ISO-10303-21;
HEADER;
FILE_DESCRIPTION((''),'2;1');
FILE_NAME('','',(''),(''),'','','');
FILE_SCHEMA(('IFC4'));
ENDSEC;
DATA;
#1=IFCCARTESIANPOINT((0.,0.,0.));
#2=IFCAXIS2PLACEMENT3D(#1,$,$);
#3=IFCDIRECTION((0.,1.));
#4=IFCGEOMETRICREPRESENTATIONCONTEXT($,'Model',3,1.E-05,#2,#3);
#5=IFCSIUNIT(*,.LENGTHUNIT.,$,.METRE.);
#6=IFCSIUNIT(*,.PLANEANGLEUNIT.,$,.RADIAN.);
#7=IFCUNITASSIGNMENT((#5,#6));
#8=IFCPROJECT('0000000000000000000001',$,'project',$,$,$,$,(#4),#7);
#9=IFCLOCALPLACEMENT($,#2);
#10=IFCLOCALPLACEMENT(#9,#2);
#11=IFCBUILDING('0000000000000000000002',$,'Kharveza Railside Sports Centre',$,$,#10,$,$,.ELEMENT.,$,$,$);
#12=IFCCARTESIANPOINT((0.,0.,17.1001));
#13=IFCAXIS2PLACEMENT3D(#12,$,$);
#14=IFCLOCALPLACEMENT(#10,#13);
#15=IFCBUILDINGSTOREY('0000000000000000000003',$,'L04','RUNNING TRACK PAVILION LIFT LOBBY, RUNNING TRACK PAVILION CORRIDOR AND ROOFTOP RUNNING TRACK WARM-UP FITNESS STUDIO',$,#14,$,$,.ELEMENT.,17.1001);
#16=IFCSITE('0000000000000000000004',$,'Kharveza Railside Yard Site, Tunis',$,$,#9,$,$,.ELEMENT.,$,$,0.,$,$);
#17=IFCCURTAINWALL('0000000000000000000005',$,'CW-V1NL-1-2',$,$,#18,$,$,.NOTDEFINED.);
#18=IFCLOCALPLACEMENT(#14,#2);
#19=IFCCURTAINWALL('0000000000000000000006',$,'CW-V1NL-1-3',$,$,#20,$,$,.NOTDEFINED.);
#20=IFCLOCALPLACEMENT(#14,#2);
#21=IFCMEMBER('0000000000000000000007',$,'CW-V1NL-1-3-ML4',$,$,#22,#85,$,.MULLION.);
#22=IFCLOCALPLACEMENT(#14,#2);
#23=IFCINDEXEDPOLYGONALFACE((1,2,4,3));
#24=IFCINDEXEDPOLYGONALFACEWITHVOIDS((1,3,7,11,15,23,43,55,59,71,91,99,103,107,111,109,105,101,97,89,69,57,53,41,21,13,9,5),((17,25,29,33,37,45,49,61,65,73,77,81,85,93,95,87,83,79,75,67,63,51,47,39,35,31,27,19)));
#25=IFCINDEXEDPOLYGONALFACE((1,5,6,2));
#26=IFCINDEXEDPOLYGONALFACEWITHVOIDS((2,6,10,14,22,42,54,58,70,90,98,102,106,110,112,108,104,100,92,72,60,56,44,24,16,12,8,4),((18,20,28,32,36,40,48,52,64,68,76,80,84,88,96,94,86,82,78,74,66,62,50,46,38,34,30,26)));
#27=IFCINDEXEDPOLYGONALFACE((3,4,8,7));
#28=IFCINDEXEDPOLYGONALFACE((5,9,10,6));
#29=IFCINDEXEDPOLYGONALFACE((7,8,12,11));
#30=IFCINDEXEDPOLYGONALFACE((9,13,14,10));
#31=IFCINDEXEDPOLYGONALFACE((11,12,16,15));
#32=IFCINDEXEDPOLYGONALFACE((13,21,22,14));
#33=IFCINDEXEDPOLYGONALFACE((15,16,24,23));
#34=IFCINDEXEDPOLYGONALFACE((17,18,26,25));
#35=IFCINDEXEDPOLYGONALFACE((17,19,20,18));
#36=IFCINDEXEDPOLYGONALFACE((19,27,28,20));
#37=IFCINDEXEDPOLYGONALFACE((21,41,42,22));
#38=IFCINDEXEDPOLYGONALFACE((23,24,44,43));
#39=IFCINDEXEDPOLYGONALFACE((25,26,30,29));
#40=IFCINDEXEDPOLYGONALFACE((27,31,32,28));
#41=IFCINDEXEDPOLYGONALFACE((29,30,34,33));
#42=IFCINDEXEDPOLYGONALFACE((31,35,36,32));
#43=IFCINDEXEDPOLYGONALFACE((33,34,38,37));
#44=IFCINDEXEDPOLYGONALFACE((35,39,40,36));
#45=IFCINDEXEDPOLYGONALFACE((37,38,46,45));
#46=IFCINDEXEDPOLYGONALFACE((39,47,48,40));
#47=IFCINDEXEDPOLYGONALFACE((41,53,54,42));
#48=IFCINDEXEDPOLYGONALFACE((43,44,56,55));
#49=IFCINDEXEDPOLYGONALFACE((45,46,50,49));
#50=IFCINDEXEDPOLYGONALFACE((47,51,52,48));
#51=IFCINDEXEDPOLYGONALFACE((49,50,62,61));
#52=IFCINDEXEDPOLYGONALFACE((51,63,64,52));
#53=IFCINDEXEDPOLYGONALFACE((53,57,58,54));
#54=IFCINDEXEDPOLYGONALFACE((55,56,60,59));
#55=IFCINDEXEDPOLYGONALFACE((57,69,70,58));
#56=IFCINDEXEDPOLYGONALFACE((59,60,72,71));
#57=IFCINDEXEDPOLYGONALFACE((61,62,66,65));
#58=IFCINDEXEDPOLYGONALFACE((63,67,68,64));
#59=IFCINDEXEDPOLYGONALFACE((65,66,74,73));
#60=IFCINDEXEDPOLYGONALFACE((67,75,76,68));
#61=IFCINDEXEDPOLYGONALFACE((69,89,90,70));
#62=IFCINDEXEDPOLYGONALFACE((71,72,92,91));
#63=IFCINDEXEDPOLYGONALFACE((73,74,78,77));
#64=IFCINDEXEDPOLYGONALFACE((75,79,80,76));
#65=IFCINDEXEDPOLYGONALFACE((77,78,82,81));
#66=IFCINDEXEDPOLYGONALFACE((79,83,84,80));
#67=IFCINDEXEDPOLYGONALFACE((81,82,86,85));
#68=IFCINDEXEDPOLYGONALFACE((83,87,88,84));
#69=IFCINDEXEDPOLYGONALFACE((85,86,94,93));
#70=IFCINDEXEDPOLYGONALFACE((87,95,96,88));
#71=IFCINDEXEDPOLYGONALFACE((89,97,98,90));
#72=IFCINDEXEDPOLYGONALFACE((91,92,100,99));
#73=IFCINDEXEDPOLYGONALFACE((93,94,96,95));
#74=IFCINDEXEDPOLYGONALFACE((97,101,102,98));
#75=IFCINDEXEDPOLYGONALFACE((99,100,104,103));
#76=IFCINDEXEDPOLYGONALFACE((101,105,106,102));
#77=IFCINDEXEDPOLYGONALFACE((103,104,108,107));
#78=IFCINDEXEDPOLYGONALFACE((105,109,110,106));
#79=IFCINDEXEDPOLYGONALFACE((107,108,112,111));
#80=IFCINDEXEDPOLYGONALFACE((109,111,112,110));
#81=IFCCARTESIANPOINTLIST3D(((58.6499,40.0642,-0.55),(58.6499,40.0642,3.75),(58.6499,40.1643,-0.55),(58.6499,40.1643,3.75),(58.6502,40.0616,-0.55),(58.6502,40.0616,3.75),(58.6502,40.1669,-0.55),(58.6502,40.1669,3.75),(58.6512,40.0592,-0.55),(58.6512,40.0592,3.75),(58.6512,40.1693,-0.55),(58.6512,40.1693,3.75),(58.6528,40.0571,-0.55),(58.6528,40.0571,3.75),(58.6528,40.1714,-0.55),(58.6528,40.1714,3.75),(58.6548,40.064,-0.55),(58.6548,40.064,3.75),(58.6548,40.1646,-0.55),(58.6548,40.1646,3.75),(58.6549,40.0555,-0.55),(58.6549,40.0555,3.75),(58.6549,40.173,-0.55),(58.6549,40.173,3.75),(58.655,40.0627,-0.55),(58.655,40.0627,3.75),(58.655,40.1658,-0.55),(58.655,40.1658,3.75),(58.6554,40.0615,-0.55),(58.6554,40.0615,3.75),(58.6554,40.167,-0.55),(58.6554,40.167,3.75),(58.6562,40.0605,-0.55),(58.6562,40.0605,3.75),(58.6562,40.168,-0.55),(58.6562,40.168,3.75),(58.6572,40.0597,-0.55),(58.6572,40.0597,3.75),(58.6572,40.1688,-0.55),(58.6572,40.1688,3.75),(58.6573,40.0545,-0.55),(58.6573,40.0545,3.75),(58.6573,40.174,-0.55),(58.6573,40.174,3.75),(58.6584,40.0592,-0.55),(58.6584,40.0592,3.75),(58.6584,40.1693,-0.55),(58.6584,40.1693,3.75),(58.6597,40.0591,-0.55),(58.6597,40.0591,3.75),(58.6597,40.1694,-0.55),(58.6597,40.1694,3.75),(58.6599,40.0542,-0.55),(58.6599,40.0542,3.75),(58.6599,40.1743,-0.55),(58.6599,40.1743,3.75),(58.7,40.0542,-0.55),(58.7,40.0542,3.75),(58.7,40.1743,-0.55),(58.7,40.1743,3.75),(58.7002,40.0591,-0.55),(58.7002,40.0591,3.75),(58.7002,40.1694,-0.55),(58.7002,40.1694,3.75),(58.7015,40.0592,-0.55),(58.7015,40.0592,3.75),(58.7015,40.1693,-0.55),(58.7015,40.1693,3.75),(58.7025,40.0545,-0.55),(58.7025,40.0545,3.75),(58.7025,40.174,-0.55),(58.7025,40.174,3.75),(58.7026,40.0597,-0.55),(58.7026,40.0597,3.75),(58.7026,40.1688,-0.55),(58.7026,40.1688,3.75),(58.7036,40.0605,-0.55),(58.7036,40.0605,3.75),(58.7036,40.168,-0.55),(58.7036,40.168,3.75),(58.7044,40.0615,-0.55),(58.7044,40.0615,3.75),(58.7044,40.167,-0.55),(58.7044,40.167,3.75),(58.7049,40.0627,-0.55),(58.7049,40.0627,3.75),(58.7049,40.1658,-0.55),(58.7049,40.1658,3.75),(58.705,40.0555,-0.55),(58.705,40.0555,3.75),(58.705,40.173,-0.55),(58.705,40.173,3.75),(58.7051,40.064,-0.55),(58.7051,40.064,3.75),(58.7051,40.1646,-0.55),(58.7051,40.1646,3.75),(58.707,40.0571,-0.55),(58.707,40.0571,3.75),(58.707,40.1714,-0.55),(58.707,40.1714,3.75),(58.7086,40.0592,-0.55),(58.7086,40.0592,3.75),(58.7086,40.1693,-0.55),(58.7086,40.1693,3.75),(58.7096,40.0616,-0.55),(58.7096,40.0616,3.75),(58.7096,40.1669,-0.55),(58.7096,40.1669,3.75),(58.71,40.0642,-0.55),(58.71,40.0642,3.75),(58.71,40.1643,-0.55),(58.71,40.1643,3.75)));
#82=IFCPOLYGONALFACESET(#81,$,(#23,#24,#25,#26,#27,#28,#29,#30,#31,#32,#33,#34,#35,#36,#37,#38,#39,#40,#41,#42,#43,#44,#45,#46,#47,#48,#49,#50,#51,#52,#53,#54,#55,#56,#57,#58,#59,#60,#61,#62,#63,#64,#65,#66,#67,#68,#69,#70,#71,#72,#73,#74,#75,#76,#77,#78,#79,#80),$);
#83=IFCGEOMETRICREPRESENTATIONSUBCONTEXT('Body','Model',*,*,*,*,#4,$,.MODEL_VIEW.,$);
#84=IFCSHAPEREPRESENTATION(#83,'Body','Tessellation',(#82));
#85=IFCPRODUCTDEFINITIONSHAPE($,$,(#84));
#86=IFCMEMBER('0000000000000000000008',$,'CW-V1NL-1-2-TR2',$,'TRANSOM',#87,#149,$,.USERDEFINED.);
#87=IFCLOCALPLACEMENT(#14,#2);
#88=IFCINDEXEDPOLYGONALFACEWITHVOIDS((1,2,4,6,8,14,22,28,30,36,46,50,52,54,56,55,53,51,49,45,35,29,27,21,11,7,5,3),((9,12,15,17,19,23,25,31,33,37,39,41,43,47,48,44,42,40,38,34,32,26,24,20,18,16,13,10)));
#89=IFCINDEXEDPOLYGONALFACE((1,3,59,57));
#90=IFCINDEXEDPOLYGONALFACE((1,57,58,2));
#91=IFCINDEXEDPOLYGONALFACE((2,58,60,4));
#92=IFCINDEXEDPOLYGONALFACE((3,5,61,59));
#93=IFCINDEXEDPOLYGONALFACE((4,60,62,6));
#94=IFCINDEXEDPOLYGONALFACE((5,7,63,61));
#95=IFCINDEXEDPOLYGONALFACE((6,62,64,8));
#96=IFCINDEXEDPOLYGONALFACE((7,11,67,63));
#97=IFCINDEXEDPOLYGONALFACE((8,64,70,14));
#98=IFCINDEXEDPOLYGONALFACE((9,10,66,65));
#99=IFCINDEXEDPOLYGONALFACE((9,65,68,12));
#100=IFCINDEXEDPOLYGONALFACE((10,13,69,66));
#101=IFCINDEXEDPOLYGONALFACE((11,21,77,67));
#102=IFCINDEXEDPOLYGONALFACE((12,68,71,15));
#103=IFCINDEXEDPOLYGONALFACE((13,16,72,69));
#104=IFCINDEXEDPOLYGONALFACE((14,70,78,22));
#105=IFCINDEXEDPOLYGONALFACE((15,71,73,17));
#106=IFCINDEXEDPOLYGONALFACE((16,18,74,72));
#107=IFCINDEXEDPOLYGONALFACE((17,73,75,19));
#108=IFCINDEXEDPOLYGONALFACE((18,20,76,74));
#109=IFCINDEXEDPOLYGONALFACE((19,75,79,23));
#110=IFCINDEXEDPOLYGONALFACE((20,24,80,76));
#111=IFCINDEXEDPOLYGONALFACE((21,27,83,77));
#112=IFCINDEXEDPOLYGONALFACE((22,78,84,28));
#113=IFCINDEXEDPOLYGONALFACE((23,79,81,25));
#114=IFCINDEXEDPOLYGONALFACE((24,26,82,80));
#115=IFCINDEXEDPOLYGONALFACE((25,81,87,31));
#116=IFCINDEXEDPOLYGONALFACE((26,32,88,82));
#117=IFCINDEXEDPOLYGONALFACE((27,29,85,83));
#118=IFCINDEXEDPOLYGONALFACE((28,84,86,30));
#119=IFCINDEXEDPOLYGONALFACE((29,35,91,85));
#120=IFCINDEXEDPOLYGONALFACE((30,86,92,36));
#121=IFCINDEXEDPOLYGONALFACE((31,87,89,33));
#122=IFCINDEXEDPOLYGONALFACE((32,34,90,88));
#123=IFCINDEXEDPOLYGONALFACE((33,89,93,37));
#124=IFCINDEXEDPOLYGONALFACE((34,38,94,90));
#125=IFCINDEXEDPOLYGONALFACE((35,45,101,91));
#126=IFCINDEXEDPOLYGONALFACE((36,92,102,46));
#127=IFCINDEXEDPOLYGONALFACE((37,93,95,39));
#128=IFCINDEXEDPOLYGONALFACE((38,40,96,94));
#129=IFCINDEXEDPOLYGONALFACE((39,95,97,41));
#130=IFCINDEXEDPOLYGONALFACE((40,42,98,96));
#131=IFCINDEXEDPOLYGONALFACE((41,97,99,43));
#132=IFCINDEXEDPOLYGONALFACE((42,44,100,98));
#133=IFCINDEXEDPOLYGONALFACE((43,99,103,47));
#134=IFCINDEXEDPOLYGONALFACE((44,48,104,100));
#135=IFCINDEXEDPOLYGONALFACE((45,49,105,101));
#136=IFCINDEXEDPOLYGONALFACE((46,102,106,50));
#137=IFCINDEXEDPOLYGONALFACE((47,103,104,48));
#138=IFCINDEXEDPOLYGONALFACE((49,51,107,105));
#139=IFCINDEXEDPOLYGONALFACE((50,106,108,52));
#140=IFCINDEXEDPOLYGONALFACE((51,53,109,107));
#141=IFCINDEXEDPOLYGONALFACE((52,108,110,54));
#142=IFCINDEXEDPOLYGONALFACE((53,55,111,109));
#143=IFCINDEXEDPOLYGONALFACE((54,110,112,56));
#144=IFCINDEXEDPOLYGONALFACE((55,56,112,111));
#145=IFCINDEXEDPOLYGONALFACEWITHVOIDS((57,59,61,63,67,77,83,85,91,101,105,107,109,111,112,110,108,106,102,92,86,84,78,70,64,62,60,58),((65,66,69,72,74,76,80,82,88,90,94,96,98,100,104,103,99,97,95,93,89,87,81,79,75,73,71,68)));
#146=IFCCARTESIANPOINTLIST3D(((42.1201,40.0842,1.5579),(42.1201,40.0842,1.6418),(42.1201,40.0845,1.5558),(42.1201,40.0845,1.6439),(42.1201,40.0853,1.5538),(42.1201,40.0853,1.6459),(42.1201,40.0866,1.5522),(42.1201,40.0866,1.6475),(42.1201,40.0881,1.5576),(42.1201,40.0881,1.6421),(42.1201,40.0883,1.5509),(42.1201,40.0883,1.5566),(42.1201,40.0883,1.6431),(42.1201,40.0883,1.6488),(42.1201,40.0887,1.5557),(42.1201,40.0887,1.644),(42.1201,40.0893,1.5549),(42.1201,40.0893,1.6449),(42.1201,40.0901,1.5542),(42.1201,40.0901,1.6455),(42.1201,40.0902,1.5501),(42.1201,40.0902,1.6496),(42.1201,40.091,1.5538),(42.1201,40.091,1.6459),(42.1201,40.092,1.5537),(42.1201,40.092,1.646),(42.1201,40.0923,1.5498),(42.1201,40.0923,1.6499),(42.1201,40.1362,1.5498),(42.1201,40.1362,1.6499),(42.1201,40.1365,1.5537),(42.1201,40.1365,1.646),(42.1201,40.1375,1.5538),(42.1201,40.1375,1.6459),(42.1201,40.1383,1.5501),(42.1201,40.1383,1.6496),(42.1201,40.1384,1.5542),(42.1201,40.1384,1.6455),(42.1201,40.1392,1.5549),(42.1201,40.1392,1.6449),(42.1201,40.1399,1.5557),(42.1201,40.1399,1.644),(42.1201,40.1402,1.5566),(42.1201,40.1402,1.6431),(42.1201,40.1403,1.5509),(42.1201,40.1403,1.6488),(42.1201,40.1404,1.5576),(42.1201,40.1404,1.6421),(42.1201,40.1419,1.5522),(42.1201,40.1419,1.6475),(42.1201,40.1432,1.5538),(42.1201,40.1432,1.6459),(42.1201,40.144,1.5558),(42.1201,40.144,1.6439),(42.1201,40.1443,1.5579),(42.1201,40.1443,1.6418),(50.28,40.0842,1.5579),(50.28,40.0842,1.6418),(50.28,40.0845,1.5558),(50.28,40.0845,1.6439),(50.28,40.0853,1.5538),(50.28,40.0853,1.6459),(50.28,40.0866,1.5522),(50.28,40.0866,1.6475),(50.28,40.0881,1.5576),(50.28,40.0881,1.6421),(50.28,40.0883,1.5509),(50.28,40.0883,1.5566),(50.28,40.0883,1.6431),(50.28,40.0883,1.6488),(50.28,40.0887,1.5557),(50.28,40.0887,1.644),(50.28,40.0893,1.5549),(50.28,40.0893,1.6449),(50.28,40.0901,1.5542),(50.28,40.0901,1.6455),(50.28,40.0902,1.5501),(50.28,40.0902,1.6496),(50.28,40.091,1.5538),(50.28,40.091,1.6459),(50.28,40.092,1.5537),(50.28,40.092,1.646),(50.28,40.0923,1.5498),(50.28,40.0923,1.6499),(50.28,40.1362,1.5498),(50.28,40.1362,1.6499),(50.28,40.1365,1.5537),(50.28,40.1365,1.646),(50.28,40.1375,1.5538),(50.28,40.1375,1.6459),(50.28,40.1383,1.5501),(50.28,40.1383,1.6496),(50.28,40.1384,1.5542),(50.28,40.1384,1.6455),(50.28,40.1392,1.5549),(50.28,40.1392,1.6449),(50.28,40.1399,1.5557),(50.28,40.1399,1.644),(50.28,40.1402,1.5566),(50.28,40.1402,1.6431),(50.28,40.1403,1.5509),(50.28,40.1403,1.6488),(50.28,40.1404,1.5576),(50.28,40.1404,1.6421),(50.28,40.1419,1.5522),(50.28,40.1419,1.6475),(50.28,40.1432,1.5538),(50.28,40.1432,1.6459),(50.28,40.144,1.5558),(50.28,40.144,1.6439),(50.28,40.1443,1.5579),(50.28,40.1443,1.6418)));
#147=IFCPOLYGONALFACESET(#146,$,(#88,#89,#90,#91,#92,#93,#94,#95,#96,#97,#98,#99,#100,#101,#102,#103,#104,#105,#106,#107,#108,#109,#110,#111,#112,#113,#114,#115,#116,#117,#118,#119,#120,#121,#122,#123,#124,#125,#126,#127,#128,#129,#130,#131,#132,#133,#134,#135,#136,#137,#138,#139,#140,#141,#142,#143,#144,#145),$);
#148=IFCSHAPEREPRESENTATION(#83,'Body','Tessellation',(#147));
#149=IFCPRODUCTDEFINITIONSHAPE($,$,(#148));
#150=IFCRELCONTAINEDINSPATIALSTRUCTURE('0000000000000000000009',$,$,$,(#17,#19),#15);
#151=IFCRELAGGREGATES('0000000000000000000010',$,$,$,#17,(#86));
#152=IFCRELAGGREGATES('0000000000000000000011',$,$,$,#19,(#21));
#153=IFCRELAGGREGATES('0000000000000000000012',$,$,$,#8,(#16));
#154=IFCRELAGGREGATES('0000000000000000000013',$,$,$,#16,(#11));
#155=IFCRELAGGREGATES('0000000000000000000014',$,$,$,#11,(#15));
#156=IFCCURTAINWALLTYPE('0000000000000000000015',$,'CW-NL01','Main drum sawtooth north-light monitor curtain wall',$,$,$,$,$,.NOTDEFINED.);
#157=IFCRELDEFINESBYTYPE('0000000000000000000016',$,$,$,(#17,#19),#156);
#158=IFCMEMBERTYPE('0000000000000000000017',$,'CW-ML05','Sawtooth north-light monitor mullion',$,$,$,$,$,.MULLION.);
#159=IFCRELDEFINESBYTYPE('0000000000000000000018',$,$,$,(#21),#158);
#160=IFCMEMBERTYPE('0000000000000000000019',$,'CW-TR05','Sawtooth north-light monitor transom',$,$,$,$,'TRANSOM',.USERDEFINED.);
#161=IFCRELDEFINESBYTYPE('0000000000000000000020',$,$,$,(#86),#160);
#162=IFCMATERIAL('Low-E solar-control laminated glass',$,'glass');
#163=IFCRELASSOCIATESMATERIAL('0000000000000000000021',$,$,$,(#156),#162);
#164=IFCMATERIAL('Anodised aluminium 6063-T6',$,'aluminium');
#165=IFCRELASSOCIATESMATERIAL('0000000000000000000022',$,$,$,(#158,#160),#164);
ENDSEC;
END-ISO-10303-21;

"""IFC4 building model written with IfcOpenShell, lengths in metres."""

from ifc_helpers import new_model, si_unit, direction, frame, origin, origin_2d, place, context, subcontext, project, spatial, hollow_rectangle, extrude, material, material_profile, profile_set, type_object, element, aggregate, save


model = new_model("IFC4")

# Units and contexts
model_context = context("Model", 3, precision=1e-05, world=origin(), true_north=direction((0.0, 1.0)))
body_context = subcontext(model_context, "Body", "Model", "MODEL_VIEW")
ifc_project = project(units=[si_unit("LENGTHUNIT", "METRE"), si_unit("PLANEANGLEUNIT", "RADIAN")], contexts=[model_context])

# Site, building, storey
site_placement = place(None, origin())
site = spatial("IfcSite", under=ifc_project, at=site_placement, Name="Kharveza Railside Yard Site, Tunis", CompositionType="ELEMENT", RefElevation=0.0)
building_placement = place(site_placement, origin())
building = spatial("IfcBuilding", under=site, at=building_placement, Name="Kharveza Railside Sports Centre", CompositionType="ELEMENT")
storey_placement = place(building_placement, frame((0.0, 0.0, 17.1001)))
storey = spatial("IfcBuildingStorey", under=building, at=storey_placement, Name="L04", Description="RUNNING TRACK PAVILION LIFT LOBBY, RUNNING TRACK PAVILION CORRIDOR AND ROOFTOP RUNNING TRACK WARM-UP FITNESS STUDIO", CompositionType="ELEMENT", Elevation=17.1001)

# Curtain walls, member
ifc_material_1 = material(Name="Low-E solar-control laminated glass", Category="glass")
curtain_wall_type = type_object("IfcCurtainWallType", Name="CW-NL01", Description="Main drum sawtooth north-light monitor curtain wall", PredefinedType="NOTDEFINED", material=ifc_material_1)
curtain_wall_1_placement = place(storey_placement, origin())
curtain_wall_1 = element("IfcCurtainWall", 1, at=curtain_wall_1_placement, inside=storey, type_object=curtain_wall_type, Name="CW-V1NL-1-2", PredefinedType="NOTDEFINED")
ifc_material_2 = material(Name="Anodised aluminium 6063-T6", Category="aluminium")
ifc_material_profile_1 = material_profile(ifc_material_2, hollow_rectangle(XDim=0.0601, YDim=0.1201, WallThickness=0.0049, InnerFilletRadius=0.0049, OuterFilletRadius=0.01, at=origin_2d()), Name="RHS 60x120x5.0")
ifc_profile_set_1 = profile_set([ifc_material_profile_1], Name="Anodised aluminium 6063-T6")
member_type_1 = type_object("IfcMemberType", Name="CW-ML05", Description="Sawtooth north-light monitor mullion", PredefinedType="MULLION", material=ifc_profile_set_1)
curtain_wall_2_placement = place(storey_placement, origin())
curtain_wall_2 = element("IfcCurtainWall", 2, at=curtain_wall_2_placement, inside=storey, type_object=curtain_wall_type, Name="CW-V1NL-1-3", PredefinedType="NOTDEFINED")
member_1_placement = place(storey_placement, frame((58.6799, 40.1143, -0.55), z_axis=(0.0, 0.0, 1.0), x_axis=(1.0, 0.0, 0.0)))
member_1 = element("IfcMember", 3, at=member_1_placement, type_object=member_type_1, Name="CW-V1NL-1-3-ML4", PredefinedType="MULLION", context=body_context, shape_type="SweptSolid", body=[
    extrude(hollow_rectangle(XDim=0.0601, YDim=0.1201, WallThickness=0.0049, InnerFilletRadius=0.0049, OuterFilletRadius=0.01, at=origin_2d()), origin(), (0.0, 0.0, 1.0), 4.3),
])

# Member
ifc_material_profile_2 = material_profile(ifc_material_2, hollow_rectangle(XDim=0.0601, YDim=0.1001, WallThickness=0.0039, InnerFilletRadius=0.0039, OuterFilletRadius=0.0081, at=origin_2d()), Name="RHS 60x100x4.0")
ifc_profile_set_2 = profile_set([ifc_material_profile_2], Name="Anodised aluminium 6063-T6")
member_type_2 = type_object("IfcMemberType", Name="CW-TR05", Description="Sawtooth north-light monitor transom", ElementType="TRANSOM", PredefinedType="USERDEFINED", material=ifc_profile_set_2)
member_2_placement = place(storey_placement, frame((42.1201, 40.1143, 1.5999), z_axis=(1.0, 0.0, 0.0), x_axis=(0.0, 1.0, 0.0)))
member_2 = element("IfcMember", 4, at=member_2_placement, type_object=member_type_2, Name="CW-V1NL-1-2-TR2", ObjectType="TRANSOM", PredefinedType="USERDEFINED", context=body_context, shape_type="SweptSolid", body=[
    extrude(hollow_rectangle(XDim=0.0601, YDim=0.1001, WallThickness=0.0039, InnerFilletRadius=0.0039, OuterFilletRadius=0.0081, at=origin_2d()), origin(), (0.0, 0.0, 1.0), 8.1599),
])

aggregate(curtain_wall_1, [member_2])
aggregate(curtain_wall_2, [member_1])

save(model, "model.ifc")
